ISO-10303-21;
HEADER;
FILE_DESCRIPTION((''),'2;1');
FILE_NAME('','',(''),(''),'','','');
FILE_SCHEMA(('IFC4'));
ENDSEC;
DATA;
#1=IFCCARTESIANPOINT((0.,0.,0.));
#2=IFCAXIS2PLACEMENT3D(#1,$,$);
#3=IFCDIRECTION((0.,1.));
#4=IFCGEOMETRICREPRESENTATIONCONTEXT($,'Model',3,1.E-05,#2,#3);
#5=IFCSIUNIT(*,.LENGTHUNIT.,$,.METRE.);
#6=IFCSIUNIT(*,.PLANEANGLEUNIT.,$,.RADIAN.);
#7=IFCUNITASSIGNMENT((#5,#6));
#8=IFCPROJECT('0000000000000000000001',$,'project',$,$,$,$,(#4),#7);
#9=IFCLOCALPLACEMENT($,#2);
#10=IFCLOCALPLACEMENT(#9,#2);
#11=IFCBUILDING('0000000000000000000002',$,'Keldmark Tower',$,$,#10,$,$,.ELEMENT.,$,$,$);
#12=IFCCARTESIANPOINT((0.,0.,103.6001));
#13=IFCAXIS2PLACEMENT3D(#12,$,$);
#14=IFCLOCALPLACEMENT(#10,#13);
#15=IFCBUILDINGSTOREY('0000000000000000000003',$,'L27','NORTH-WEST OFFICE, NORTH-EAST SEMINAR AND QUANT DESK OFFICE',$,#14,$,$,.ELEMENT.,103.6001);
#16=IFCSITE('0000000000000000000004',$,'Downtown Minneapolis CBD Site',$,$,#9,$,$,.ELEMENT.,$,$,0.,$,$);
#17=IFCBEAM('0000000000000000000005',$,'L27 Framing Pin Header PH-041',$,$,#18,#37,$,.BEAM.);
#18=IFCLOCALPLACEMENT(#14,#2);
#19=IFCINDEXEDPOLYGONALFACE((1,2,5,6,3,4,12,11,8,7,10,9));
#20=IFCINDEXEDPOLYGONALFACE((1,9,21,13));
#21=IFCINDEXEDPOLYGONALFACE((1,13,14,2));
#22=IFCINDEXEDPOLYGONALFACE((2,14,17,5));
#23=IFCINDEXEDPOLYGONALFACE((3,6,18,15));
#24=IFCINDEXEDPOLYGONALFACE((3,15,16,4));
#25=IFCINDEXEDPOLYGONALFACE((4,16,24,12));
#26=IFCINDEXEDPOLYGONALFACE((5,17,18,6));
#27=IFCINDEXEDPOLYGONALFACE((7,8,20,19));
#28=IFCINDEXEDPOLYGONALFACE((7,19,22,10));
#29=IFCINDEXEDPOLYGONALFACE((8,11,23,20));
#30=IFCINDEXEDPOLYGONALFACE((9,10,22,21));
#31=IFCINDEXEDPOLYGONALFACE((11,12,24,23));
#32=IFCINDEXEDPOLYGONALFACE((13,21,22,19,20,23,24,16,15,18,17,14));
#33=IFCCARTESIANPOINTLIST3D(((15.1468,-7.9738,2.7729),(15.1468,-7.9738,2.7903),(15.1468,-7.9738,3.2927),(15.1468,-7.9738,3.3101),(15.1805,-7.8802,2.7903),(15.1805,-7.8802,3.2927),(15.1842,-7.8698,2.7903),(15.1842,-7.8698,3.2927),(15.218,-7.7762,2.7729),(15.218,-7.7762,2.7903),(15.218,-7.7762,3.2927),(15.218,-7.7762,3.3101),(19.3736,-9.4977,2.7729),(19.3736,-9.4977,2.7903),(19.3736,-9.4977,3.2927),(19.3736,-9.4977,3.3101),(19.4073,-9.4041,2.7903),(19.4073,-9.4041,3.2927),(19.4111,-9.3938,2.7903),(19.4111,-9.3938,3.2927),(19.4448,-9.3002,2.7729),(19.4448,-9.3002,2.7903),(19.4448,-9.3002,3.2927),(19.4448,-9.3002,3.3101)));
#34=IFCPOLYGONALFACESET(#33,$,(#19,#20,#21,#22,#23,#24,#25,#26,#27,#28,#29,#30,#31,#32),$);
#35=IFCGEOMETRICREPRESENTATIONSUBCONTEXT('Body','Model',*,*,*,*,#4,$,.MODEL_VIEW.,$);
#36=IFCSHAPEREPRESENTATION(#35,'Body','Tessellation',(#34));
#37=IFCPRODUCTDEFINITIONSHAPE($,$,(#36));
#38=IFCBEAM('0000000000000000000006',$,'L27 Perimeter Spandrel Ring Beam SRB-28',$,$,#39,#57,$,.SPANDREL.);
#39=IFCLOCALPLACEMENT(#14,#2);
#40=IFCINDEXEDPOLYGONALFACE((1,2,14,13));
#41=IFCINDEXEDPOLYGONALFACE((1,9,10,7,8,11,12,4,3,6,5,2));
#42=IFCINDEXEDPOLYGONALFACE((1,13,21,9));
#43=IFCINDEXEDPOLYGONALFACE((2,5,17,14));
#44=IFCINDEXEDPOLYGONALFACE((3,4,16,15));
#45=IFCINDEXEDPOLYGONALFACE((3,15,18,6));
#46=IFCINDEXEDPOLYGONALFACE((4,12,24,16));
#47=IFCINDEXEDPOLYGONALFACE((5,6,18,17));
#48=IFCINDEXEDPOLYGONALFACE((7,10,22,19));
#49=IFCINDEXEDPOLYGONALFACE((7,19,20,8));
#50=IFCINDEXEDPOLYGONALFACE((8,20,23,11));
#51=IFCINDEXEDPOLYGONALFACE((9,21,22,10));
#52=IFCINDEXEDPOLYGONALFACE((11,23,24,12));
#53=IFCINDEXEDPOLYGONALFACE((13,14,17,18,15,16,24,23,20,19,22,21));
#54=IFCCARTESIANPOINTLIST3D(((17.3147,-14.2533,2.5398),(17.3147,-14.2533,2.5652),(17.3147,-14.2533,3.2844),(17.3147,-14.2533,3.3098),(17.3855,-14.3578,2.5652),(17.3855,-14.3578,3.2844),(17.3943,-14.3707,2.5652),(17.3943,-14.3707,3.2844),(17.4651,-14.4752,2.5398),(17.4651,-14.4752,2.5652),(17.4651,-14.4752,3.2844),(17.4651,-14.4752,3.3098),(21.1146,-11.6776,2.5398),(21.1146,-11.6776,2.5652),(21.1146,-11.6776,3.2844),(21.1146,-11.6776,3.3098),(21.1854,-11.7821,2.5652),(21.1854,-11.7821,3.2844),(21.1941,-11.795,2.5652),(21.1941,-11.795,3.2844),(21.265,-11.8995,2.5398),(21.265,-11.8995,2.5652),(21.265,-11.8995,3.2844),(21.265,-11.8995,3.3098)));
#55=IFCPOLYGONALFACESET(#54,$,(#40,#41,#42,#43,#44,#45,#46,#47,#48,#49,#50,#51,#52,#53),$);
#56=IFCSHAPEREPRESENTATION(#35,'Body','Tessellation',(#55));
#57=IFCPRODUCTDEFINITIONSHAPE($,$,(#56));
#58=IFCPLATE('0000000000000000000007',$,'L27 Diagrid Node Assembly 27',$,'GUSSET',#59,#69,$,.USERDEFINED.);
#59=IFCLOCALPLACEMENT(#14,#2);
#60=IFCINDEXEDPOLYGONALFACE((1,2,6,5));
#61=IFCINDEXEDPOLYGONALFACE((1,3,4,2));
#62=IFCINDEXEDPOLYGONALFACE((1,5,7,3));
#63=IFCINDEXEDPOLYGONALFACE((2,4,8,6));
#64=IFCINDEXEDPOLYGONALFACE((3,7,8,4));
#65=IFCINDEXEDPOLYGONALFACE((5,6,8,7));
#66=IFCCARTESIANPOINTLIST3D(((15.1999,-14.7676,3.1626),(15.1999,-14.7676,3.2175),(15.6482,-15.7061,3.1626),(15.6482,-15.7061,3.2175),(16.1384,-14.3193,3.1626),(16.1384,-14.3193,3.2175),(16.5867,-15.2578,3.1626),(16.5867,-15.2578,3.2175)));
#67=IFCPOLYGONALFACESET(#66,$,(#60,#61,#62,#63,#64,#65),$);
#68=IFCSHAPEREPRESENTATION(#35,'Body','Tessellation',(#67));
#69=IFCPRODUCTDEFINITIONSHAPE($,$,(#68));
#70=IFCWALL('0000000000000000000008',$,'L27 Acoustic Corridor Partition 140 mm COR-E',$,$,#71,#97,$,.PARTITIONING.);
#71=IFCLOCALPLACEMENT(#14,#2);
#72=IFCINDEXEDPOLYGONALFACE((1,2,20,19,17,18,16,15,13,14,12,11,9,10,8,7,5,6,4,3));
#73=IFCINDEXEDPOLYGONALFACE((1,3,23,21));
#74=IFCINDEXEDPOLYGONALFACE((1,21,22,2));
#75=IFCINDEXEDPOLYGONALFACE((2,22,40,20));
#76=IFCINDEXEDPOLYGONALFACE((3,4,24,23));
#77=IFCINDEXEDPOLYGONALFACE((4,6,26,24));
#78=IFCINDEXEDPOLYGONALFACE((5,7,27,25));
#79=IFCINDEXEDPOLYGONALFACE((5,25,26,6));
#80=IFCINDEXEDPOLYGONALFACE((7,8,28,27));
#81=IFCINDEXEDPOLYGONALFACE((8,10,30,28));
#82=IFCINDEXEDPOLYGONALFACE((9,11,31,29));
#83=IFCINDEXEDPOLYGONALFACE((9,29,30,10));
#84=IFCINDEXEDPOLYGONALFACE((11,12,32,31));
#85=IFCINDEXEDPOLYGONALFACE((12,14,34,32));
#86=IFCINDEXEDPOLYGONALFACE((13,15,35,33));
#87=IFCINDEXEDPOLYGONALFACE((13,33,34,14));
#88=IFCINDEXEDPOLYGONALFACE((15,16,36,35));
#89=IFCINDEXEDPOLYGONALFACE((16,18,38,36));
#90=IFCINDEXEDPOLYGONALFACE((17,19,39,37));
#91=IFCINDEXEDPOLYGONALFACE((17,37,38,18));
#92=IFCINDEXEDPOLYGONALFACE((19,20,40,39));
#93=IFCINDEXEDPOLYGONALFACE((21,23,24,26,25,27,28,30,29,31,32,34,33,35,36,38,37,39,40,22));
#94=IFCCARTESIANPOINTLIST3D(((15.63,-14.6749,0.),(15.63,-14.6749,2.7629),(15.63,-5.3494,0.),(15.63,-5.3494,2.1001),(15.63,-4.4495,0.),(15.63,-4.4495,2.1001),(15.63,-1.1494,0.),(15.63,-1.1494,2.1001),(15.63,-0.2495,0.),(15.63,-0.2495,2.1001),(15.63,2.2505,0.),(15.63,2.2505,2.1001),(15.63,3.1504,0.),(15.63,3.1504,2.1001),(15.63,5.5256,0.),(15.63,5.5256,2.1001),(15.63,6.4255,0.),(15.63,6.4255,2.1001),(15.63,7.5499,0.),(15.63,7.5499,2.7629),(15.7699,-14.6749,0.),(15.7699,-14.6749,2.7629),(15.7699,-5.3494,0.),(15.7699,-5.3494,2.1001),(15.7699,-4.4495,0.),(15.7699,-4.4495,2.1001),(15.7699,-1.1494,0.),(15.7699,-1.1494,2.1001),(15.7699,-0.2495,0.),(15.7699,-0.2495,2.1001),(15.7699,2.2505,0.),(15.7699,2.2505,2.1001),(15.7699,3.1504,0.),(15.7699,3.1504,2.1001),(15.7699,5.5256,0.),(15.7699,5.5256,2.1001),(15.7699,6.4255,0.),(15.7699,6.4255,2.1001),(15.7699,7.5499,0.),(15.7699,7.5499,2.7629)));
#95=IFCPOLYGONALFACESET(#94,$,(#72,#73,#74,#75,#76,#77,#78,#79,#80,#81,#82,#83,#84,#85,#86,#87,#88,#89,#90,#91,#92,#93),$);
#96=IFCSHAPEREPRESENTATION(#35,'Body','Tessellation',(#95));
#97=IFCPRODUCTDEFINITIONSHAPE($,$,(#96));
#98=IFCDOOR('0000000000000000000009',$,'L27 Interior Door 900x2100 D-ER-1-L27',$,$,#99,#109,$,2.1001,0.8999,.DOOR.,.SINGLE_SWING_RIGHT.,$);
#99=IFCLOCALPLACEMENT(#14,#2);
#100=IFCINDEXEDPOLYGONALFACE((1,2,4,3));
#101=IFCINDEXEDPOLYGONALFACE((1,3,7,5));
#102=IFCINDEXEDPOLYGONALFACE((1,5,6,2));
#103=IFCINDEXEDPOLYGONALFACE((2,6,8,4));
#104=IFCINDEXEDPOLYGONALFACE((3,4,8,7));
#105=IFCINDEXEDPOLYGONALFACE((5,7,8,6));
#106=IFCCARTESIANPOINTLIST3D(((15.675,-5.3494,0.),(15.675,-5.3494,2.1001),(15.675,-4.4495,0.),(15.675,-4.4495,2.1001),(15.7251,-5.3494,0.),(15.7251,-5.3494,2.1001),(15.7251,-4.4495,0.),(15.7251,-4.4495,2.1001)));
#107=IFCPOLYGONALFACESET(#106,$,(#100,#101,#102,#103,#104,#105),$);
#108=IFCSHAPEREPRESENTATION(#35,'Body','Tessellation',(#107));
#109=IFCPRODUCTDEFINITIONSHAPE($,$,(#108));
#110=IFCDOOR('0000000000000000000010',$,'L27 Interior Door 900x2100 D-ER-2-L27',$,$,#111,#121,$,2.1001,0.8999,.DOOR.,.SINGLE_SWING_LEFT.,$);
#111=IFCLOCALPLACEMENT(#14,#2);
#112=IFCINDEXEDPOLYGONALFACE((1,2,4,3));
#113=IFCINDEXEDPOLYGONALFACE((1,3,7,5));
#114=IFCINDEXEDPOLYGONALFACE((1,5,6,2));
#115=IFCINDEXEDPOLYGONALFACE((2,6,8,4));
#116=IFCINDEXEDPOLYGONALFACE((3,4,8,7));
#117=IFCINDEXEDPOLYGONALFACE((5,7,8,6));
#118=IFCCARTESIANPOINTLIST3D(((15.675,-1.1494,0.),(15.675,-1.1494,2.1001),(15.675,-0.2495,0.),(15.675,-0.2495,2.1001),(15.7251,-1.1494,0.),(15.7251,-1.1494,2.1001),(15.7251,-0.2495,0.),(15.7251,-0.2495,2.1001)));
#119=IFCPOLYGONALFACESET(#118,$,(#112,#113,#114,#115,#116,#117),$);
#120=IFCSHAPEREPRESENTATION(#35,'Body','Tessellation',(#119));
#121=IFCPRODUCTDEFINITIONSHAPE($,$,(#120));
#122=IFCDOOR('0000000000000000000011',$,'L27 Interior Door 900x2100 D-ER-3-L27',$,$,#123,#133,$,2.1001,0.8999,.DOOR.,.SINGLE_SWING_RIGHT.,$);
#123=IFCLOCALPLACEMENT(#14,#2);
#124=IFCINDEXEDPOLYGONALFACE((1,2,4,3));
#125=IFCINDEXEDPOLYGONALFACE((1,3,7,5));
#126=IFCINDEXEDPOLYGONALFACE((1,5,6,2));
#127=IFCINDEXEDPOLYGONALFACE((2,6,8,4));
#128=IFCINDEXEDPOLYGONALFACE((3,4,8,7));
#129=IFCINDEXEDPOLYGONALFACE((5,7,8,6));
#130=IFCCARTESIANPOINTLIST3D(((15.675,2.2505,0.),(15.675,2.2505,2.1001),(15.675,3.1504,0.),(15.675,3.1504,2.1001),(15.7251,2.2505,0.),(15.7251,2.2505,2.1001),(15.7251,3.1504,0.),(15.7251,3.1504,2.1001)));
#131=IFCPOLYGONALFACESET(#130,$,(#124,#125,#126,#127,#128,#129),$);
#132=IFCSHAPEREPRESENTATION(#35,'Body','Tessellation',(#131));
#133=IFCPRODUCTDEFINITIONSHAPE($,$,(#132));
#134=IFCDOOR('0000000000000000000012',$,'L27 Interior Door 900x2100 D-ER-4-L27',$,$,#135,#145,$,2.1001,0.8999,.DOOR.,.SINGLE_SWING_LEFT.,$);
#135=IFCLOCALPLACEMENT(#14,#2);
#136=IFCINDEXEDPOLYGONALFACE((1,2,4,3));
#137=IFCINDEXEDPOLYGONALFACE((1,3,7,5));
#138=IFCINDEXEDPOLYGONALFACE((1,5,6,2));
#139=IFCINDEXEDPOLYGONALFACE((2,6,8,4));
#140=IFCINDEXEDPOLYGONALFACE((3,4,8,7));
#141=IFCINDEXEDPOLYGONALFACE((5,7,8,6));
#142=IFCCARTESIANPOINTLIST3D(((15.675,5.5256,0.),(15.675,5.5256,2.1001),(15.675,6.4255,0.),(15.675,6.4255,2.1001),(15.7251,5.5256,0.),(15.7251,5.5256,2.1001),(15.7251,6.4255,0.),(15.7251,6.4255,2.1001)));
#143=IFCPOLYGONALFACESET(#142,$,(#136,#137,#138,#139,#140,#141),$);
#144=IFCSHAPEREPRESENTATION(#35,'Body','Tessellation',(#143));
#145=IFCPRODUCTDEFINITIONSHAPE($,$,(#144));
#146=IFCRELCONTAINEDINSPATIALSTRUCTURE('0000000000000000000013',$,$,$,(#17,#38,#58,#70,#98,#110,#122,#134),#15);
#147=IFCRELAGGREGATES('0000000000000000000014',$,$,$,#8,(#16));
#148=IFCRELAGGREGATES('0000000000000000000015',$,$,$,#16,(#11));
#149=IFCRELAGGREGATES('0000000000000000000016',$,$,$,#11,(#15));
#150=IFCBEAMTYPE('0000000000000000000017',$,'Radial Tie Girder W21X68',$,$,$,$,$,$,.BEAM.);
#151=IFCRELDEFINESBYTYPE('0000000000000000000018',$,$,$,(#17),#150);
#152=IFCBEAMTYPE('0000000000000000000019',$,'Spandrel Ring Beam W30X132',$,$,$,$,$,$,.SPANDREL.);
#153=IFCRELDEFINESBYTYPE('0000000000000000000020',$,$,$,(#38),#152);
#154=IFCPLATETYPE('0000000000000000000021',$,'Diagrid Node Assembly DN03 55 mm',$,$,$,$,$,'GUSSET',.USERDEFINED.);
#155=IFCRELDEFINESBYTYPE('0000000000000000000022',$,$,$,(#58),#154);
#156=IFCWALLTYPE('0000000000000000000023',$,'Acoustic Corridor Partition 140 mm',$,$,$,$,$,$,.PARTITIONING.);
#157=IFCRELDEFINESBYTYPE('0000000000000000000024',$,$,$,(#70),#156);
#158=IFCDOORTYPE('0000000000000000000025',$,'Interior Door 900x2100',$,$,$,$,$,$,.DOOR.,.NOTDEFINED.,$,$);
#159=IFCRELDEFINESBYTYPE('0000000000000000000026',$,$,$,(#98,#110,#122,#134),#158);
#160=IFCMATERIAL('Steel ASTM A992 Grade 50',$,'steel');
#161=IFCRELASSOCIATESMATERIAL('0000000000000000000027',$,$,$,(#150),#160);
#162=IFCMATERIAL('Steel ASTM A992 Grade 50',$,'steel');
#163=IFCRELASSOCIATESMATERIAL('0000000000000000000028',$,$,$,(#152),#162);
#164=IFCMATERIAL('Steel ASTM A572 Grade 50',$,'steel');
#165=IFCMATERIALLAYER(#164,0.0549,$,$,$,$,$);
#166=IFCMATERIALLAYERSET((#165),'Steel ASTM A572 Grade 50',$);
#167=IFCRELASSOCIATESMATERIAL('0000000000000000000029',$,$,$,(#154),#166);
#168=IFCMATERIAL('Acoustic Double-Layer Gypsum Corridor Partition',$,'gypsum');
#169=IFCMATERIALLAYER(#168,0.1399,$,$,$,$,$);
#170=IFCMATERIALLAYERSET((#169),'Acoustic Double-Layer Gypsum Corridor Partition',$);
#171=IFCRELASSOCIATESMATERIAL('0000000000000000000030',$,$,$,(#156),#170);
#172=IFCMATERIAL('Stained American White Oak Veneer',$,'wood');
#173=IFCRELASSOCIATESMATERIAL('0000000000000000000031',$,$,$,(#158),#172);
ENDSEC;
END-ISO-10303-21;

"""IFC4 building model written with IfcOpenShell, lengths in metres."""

from ifc_helpers import new_model, si_unit, direction, frame, frame_2d, origin, origin_2d, place, context, subcontext, project, spatial, rectangle, i_section, extrude, material, layer, layer_set, material_profile, profile_set, type_object, element, fill, save


model = new_model("IFC4")

# Units and contexts
model_context = context("Model", 3, precision=1e-05, world=origin(), true_north=direction((0.0, 1.0)))
body_context = subcontext(model_context, "Body", "Model", "MODEL_VIEW")
ifc_project = project(units=[si_unit("LENGTHUNIT", "METRE"), si_unit("PLANEANGLEUNIT", "RADIAN")], contexts=[model_context])

# Site, building, storey
site_placement = place(None, origin())
site = spatial("IfcSite", under=ifc_project, at=site_placement, Name="Downtown Minneapolis CBD Site", CompositionType="ELEMENT", RefElevation=0.0)
building_placement = place(site_placement, origin())
building = spatial("IfcBuilding", under=site, at=building_placement, Name="Keldmark Tower", CompositionType="ELEMENT")
storey_placement = place(building_placement, frame((0.0, 0.0, 103.6001)))
storey = spatial("IfcBuildingStorey", under=building, at=storey_placement, Name="L27", Description="NORTH-WEST OFFICE, NORTH-EAST SEMINAR AND QUANT DESK OFFICE", CompositionType="ELEMENT", Elevation=103.6001)

# Beams
ifc_material_1 = material(Name="Steel ASTM A992 Grade 50", Category="steel")
ifc_material_profile_1 = material_profile(ifc_material_1, i_section(OverallWidth=0.21, OverallDepth=0.5371, WebThickness=0.011, FlangeThickness=0.0173, at=origin_2d()), Name="W21X68")
ifc_profile_set_1 = profile_set([ifc_material_profile_1], Name="Steel ASTM A992 Grade 50")
beam_type_1 = type_object("IfcBeamType", Name="Radial Tie Girder W21X68", PredefinedType="BEAM", material=ifc_profile_set_1)
beam_1_placement = place(storey_placement, frame((15.1824, -7.875, 3.0415), z_axis=(0.940726, -0.339168, 0.0), x_axis=(0.339168, 0.940726, 0.0)))
element("IfcBeam", 1, at=beam_1_placement, inside=storey, type_object=beam_type_1, Name="L27 Framing Pin Header PH-041", PredefinedType="BEAM", context=body_context, shape_type="SweptSolid", body=[
    extrude(i_section(OverallWidth=0.21, OverallDepth=0.5371, WebThickness=0.011, FlangeThickness=0.0173, at=origin_2d()), origin(), (0.0, 0.0, 1.0), 4.4932),
])
ifc_material_2 = material(Name="Steel ASTM A992 Grade 50", Category="steel")
ifc_material_profile_2 = material_profile(ifc_material_2, i_section(OverallWidth=0.2681, OverallDepth=0.77, WebThickness=0.0156, FlangeThickness=0.0254, at=origin_2d()), Name="W30X132")
ifc_profile_set_2 = profile_set([ifc_material_profile_2], Name="Steel ASTM A992 Grade 50")
beam_type_2 = type_object("IfcBeamType", Name="Spandrel Ring Beam W30X132", PredefinedType="SPANDREL", material=ifc_profile_set_2)
beam_2_placement = place(storey_placement, frame((17.3899, -14.3643, 2.9248), z_axis=(0.827755, 0.56109, 0.0), x_axis=(-0.56109, 0.827755, 0.0)))
element("IfcBeam", 2, at=beam_2_placement, inside=storey, type_object=beam_type_2, Name="L27 Perimeter Spandrel Ring Beam SRB-28", PredefinedType="SPANDREL", context=body_context, shape_type="SweptSolid", body=[
    extrude(i_section(OverallWidth=0.2681, OverallDepth=0.77, WebThickness=0.0156, FlangeThickness=0.0254, at=origin_2d()), origin(), (0.0, 0.0, 1.0), 4.5906),
])

# Plate
ifc_material_3 = material(Name="Steel ASTM A572 Grade 50", Category="steel")
ifc_layer_1 = layer(ifc_material_3, 0.0549)
ifc_layer_set_1 = layer_set([ifc_layer_1], Name="Steel ASTM A572 Grade 50")
plate_type = type_object("IfcPlateType", Name="Diagrid Node Assembly DN03 55 mm", ElementType="GUSSET", PredefinedType="USERDEFINED", material=ifc_layer_set_1)
plate_placement = place(storey_placement, frame((15.8933, -15.0127, 3.1626), z_axis=(0.0, 0.0, 1.0), x_axis=(0.90236, 0.430984, 0.0)))
element("IfcPlate", 3, at=plate_placement, inside=storey, type_object=plate_type, Name="L27 Diagrid Node Assembly 27", ObjectType="GUSSET", PredefinedType="USERDEFINED", context=body_context, shape_type="SweptSolid", body=[
    extrude(rectangle(XDim=1.04, YDim=1.04, at=origin_2d()), origin(), (0.0, 0.0, 1.0), 0.0549),
])

# Wall, openings, doors
ifc_material_4 = material(Name="Acoustic Double-Layer Gypsum Corridor Partition", Category="gypsum")
ifc_layer_2 = layer(ifc_material_4, 0.1399)
ifc_layer_set_2 = layer_set([ifc_layer_2], Name="Acoustic Double-Layer Gypsum Corridor Partition")
wall_type_1 = type_object("IfcWallType", Name="Acoustic Corridor Partition 140 mm", PredefinedType="PARTITIONING", material=ifc_layer_set_2)
wall_1_placement = place(storey_placement, frame((15.7, -14.6748, 0.0), z_axis=(0.0, 0.0, 1.0), x_axis=(0.0, 1.0, 0.0)))
wall_1 = element("IfcWall", 4, at=wall_1_placement, inside=storey, type_object=wall_type_1, Name="L27 Acoustic Corridor Partition 140 mm COR-E", PredefinedType="PARTITIONING", context=body_context, shape_type="SweptSolid", body=[
    extrude(rectangle(XDim=22.2249, YDim=0.1399, at=frame_2d((11.1123, 0.0))), origin(), (0.0, 0.0, 1.0), 2.7629),
])
opening_1_placement = place(wall_1_placement, frame((9.3254, 0.0, 0.0)))
opening_1 = element("IfcOpeningElement", 5, at=opening_1_placement, cuts=wall_1, PredefinedType="OPENING", context=body_context, shape_type="SweptSolid", body=[
    extrude(rectangle(XDim=0.8999, YDim=2.1001, at=frame_2d((0.45, 1.05))), frame((0.0, 0.0798, 0.0), z_axis=(0.0, -1.0, 0.0), x_axis=(1.0, 0.0, 0.0)), (0.0, 0.0, 1.0), 0.1599),
])
opening_2_placement = place(wall_1_placement, frame((13.5254, 0.0, 0.0)))
opening_2 = element("IfcOpeningElement", 6, at=opening_2_placement, cuts=wall_1, PredefinedType="OPENING", context=body_context, shape_type="SweptSolid", body=[
    extrude(rectangle(XDim=0.8999, YDim=2.1001, at=frame_2d((0.45, 1.05))), frame((0.0, 0.0798, 0.0), z_axis=(0.0, -1.0, 0.0), x_axis=(1.0, 0.0, 0.0)), (0.0, 0.0, 1.0), 0.1599),
])
opening_3_placement = place(wall_1_placement, frame((16.9253, 0.0, 0.0)))
opening_3 = element("IfcOpeningElement", 7, at=opening_3_placement, cuts=wall_1, PredefinedType="OPENING", context=body_context, shape_type="SweptSolid", body=[
    extrude(rectangle(XDim=0.8999, YDim=2.1001, at=frame_2d((0.45, 1.05))), frame((0.0, 0.0798, 0.0), z_axis=(0.0, -1.0, 0.0), x_axis=(1.0, 0.0, 0.0)), (0.0, 0.0, 1.0), 0.1599),
])
opening_4_placement = place(wall_1_placement, frame((20.2004, 0.0, 0.0)))
opening_4 = element("IfcOpeningElement", 8, at=opening_4_placement, cuts=wall_1, PredefinedType="OPENING", context=body_context, shape_type="SweptSolid", body=[
    extrude(rectangle(XDim=0.8999, YDim=2.1001, at=frame_2d((0.45, 1.05))), frame((0.0, 0.0798, 0.0), z_axis=(0.0, -1.0, 0.0), x_axis=(1.0, 0.0, 0.0)), (0.0, 0.0, 1.0), 0.1599),
])
ifc_material_5 = material(Name="Stained American White Oak Veneer", Category="wood")
door_type = type_object("IfcDoorType", Name="Interior Door 900x2100", OperationType="NOTDEFINED", PredefinedType="DOOR", material=ifc_material_5)
door_1_placement = place(opening_1_placement, origin())
door_1 = element("IfcDoor", 9, at=door_1_placement, inside=storey, type_object=door_type, Name="L27 Interior Door 900x2100 D-ER-1-L27", OperationType="SINGLE_SWING_RIGHT", OverallHeight=2.1001, OverallWidth=0.8999, PredefinedType="DOOR", context=body_context, shape_type="SweptSolid", body=[
    extrude(rectangle(XDim=0.8999, YDim=2.1001, at=frame_2d((0.45, 1.05))), frame((0.0, 0.0249, 0.0), z_axis=(0.0, -1.0, 0.0), x_axis=(1.0, 0.0, 0.0)), (0.0, 0.0, 1.0), 0.05),
])
fill(opening_1, door_1)
door_2_placement = place(opening_2_placement, origin())
door_2 = element("IfcDoor", 10, at=door_2_placement, inside=storey, type_object=door_type, Name="L27 Interior Door 900x2100 D-ER-2-L27", OperationType="SINGLE_SWING_LEFT", OverallHeight=2.1001, OverallWidth=0.8999, PredefinedType="DOOR", context=body_context, shape_type="SweptSolid", body=[
    extrude(rectangle(XDim=0.8999, YDim=2.1001, at=frame_2d((0.45, 1.05))), frame((0.0, 0.0249, 0.0), z_axis=(0.0, -1.0, 0.0), x_axis=(1.0, 0.0, 0.0)), (0.0, 0.0, 1.0), 0.05),
])
fill(opening_2, door_2)
door_3_placement = place(opening_3_placement, origin())
door_3 = element("IfcDoor", 11, at=door_3_placement, inside=storey, type_object=door_type, Name="L27 Interior Door 900x2100 D-ER-3-L27", OperationType="SINGLE_SWING_RIGHT", OverallHeight=2.1001, OverallWidth=0.8999, PredefinedType="DOOR", context=body_context, shape_type="SweptSolid", body=[
    extrude(rectangle(XDim=0.8999, YDim=2.1001, at=frame_2d((0.45, 1.05))), frame((0.0, 0.0249, 0.0), z_axis=(0.0, -1.0, 0.0), x_axis=(1.0, 0.0, 0.0)), (0.0, 0.0, 1.0), 0.05),
])
fill(opening_3, door_3)
door_4_placement = place(opening_4_placement, origin())
door_4 = element("IfcDoor", 12, at=door_4_placement, inside=storey, type_object=door_type, Name="L27 Interior Door 900x2100 D-ER-4-L27", OperationType="SINGLE_SWING_LEFT", OverallHeight=2.1001, OverallWidth=0.8999, PredefinedType="DOOR", context=body_context, shape_type="SweptSolid", body=[
    extrude(rectangle(XDim=0.8999, YDim=2.1001, at=frame_2d((0.45, 1.05))), frame((0.0, 0.0249, 0.0), z_axis=(0.0, -1.0, 0.0), x_axis=(1.0, 0.0, 0.0)), (0.0, 0.0, 1.0), 0.05),
])
fill(opening_4, door_4)

save(model, "model.ifc")
